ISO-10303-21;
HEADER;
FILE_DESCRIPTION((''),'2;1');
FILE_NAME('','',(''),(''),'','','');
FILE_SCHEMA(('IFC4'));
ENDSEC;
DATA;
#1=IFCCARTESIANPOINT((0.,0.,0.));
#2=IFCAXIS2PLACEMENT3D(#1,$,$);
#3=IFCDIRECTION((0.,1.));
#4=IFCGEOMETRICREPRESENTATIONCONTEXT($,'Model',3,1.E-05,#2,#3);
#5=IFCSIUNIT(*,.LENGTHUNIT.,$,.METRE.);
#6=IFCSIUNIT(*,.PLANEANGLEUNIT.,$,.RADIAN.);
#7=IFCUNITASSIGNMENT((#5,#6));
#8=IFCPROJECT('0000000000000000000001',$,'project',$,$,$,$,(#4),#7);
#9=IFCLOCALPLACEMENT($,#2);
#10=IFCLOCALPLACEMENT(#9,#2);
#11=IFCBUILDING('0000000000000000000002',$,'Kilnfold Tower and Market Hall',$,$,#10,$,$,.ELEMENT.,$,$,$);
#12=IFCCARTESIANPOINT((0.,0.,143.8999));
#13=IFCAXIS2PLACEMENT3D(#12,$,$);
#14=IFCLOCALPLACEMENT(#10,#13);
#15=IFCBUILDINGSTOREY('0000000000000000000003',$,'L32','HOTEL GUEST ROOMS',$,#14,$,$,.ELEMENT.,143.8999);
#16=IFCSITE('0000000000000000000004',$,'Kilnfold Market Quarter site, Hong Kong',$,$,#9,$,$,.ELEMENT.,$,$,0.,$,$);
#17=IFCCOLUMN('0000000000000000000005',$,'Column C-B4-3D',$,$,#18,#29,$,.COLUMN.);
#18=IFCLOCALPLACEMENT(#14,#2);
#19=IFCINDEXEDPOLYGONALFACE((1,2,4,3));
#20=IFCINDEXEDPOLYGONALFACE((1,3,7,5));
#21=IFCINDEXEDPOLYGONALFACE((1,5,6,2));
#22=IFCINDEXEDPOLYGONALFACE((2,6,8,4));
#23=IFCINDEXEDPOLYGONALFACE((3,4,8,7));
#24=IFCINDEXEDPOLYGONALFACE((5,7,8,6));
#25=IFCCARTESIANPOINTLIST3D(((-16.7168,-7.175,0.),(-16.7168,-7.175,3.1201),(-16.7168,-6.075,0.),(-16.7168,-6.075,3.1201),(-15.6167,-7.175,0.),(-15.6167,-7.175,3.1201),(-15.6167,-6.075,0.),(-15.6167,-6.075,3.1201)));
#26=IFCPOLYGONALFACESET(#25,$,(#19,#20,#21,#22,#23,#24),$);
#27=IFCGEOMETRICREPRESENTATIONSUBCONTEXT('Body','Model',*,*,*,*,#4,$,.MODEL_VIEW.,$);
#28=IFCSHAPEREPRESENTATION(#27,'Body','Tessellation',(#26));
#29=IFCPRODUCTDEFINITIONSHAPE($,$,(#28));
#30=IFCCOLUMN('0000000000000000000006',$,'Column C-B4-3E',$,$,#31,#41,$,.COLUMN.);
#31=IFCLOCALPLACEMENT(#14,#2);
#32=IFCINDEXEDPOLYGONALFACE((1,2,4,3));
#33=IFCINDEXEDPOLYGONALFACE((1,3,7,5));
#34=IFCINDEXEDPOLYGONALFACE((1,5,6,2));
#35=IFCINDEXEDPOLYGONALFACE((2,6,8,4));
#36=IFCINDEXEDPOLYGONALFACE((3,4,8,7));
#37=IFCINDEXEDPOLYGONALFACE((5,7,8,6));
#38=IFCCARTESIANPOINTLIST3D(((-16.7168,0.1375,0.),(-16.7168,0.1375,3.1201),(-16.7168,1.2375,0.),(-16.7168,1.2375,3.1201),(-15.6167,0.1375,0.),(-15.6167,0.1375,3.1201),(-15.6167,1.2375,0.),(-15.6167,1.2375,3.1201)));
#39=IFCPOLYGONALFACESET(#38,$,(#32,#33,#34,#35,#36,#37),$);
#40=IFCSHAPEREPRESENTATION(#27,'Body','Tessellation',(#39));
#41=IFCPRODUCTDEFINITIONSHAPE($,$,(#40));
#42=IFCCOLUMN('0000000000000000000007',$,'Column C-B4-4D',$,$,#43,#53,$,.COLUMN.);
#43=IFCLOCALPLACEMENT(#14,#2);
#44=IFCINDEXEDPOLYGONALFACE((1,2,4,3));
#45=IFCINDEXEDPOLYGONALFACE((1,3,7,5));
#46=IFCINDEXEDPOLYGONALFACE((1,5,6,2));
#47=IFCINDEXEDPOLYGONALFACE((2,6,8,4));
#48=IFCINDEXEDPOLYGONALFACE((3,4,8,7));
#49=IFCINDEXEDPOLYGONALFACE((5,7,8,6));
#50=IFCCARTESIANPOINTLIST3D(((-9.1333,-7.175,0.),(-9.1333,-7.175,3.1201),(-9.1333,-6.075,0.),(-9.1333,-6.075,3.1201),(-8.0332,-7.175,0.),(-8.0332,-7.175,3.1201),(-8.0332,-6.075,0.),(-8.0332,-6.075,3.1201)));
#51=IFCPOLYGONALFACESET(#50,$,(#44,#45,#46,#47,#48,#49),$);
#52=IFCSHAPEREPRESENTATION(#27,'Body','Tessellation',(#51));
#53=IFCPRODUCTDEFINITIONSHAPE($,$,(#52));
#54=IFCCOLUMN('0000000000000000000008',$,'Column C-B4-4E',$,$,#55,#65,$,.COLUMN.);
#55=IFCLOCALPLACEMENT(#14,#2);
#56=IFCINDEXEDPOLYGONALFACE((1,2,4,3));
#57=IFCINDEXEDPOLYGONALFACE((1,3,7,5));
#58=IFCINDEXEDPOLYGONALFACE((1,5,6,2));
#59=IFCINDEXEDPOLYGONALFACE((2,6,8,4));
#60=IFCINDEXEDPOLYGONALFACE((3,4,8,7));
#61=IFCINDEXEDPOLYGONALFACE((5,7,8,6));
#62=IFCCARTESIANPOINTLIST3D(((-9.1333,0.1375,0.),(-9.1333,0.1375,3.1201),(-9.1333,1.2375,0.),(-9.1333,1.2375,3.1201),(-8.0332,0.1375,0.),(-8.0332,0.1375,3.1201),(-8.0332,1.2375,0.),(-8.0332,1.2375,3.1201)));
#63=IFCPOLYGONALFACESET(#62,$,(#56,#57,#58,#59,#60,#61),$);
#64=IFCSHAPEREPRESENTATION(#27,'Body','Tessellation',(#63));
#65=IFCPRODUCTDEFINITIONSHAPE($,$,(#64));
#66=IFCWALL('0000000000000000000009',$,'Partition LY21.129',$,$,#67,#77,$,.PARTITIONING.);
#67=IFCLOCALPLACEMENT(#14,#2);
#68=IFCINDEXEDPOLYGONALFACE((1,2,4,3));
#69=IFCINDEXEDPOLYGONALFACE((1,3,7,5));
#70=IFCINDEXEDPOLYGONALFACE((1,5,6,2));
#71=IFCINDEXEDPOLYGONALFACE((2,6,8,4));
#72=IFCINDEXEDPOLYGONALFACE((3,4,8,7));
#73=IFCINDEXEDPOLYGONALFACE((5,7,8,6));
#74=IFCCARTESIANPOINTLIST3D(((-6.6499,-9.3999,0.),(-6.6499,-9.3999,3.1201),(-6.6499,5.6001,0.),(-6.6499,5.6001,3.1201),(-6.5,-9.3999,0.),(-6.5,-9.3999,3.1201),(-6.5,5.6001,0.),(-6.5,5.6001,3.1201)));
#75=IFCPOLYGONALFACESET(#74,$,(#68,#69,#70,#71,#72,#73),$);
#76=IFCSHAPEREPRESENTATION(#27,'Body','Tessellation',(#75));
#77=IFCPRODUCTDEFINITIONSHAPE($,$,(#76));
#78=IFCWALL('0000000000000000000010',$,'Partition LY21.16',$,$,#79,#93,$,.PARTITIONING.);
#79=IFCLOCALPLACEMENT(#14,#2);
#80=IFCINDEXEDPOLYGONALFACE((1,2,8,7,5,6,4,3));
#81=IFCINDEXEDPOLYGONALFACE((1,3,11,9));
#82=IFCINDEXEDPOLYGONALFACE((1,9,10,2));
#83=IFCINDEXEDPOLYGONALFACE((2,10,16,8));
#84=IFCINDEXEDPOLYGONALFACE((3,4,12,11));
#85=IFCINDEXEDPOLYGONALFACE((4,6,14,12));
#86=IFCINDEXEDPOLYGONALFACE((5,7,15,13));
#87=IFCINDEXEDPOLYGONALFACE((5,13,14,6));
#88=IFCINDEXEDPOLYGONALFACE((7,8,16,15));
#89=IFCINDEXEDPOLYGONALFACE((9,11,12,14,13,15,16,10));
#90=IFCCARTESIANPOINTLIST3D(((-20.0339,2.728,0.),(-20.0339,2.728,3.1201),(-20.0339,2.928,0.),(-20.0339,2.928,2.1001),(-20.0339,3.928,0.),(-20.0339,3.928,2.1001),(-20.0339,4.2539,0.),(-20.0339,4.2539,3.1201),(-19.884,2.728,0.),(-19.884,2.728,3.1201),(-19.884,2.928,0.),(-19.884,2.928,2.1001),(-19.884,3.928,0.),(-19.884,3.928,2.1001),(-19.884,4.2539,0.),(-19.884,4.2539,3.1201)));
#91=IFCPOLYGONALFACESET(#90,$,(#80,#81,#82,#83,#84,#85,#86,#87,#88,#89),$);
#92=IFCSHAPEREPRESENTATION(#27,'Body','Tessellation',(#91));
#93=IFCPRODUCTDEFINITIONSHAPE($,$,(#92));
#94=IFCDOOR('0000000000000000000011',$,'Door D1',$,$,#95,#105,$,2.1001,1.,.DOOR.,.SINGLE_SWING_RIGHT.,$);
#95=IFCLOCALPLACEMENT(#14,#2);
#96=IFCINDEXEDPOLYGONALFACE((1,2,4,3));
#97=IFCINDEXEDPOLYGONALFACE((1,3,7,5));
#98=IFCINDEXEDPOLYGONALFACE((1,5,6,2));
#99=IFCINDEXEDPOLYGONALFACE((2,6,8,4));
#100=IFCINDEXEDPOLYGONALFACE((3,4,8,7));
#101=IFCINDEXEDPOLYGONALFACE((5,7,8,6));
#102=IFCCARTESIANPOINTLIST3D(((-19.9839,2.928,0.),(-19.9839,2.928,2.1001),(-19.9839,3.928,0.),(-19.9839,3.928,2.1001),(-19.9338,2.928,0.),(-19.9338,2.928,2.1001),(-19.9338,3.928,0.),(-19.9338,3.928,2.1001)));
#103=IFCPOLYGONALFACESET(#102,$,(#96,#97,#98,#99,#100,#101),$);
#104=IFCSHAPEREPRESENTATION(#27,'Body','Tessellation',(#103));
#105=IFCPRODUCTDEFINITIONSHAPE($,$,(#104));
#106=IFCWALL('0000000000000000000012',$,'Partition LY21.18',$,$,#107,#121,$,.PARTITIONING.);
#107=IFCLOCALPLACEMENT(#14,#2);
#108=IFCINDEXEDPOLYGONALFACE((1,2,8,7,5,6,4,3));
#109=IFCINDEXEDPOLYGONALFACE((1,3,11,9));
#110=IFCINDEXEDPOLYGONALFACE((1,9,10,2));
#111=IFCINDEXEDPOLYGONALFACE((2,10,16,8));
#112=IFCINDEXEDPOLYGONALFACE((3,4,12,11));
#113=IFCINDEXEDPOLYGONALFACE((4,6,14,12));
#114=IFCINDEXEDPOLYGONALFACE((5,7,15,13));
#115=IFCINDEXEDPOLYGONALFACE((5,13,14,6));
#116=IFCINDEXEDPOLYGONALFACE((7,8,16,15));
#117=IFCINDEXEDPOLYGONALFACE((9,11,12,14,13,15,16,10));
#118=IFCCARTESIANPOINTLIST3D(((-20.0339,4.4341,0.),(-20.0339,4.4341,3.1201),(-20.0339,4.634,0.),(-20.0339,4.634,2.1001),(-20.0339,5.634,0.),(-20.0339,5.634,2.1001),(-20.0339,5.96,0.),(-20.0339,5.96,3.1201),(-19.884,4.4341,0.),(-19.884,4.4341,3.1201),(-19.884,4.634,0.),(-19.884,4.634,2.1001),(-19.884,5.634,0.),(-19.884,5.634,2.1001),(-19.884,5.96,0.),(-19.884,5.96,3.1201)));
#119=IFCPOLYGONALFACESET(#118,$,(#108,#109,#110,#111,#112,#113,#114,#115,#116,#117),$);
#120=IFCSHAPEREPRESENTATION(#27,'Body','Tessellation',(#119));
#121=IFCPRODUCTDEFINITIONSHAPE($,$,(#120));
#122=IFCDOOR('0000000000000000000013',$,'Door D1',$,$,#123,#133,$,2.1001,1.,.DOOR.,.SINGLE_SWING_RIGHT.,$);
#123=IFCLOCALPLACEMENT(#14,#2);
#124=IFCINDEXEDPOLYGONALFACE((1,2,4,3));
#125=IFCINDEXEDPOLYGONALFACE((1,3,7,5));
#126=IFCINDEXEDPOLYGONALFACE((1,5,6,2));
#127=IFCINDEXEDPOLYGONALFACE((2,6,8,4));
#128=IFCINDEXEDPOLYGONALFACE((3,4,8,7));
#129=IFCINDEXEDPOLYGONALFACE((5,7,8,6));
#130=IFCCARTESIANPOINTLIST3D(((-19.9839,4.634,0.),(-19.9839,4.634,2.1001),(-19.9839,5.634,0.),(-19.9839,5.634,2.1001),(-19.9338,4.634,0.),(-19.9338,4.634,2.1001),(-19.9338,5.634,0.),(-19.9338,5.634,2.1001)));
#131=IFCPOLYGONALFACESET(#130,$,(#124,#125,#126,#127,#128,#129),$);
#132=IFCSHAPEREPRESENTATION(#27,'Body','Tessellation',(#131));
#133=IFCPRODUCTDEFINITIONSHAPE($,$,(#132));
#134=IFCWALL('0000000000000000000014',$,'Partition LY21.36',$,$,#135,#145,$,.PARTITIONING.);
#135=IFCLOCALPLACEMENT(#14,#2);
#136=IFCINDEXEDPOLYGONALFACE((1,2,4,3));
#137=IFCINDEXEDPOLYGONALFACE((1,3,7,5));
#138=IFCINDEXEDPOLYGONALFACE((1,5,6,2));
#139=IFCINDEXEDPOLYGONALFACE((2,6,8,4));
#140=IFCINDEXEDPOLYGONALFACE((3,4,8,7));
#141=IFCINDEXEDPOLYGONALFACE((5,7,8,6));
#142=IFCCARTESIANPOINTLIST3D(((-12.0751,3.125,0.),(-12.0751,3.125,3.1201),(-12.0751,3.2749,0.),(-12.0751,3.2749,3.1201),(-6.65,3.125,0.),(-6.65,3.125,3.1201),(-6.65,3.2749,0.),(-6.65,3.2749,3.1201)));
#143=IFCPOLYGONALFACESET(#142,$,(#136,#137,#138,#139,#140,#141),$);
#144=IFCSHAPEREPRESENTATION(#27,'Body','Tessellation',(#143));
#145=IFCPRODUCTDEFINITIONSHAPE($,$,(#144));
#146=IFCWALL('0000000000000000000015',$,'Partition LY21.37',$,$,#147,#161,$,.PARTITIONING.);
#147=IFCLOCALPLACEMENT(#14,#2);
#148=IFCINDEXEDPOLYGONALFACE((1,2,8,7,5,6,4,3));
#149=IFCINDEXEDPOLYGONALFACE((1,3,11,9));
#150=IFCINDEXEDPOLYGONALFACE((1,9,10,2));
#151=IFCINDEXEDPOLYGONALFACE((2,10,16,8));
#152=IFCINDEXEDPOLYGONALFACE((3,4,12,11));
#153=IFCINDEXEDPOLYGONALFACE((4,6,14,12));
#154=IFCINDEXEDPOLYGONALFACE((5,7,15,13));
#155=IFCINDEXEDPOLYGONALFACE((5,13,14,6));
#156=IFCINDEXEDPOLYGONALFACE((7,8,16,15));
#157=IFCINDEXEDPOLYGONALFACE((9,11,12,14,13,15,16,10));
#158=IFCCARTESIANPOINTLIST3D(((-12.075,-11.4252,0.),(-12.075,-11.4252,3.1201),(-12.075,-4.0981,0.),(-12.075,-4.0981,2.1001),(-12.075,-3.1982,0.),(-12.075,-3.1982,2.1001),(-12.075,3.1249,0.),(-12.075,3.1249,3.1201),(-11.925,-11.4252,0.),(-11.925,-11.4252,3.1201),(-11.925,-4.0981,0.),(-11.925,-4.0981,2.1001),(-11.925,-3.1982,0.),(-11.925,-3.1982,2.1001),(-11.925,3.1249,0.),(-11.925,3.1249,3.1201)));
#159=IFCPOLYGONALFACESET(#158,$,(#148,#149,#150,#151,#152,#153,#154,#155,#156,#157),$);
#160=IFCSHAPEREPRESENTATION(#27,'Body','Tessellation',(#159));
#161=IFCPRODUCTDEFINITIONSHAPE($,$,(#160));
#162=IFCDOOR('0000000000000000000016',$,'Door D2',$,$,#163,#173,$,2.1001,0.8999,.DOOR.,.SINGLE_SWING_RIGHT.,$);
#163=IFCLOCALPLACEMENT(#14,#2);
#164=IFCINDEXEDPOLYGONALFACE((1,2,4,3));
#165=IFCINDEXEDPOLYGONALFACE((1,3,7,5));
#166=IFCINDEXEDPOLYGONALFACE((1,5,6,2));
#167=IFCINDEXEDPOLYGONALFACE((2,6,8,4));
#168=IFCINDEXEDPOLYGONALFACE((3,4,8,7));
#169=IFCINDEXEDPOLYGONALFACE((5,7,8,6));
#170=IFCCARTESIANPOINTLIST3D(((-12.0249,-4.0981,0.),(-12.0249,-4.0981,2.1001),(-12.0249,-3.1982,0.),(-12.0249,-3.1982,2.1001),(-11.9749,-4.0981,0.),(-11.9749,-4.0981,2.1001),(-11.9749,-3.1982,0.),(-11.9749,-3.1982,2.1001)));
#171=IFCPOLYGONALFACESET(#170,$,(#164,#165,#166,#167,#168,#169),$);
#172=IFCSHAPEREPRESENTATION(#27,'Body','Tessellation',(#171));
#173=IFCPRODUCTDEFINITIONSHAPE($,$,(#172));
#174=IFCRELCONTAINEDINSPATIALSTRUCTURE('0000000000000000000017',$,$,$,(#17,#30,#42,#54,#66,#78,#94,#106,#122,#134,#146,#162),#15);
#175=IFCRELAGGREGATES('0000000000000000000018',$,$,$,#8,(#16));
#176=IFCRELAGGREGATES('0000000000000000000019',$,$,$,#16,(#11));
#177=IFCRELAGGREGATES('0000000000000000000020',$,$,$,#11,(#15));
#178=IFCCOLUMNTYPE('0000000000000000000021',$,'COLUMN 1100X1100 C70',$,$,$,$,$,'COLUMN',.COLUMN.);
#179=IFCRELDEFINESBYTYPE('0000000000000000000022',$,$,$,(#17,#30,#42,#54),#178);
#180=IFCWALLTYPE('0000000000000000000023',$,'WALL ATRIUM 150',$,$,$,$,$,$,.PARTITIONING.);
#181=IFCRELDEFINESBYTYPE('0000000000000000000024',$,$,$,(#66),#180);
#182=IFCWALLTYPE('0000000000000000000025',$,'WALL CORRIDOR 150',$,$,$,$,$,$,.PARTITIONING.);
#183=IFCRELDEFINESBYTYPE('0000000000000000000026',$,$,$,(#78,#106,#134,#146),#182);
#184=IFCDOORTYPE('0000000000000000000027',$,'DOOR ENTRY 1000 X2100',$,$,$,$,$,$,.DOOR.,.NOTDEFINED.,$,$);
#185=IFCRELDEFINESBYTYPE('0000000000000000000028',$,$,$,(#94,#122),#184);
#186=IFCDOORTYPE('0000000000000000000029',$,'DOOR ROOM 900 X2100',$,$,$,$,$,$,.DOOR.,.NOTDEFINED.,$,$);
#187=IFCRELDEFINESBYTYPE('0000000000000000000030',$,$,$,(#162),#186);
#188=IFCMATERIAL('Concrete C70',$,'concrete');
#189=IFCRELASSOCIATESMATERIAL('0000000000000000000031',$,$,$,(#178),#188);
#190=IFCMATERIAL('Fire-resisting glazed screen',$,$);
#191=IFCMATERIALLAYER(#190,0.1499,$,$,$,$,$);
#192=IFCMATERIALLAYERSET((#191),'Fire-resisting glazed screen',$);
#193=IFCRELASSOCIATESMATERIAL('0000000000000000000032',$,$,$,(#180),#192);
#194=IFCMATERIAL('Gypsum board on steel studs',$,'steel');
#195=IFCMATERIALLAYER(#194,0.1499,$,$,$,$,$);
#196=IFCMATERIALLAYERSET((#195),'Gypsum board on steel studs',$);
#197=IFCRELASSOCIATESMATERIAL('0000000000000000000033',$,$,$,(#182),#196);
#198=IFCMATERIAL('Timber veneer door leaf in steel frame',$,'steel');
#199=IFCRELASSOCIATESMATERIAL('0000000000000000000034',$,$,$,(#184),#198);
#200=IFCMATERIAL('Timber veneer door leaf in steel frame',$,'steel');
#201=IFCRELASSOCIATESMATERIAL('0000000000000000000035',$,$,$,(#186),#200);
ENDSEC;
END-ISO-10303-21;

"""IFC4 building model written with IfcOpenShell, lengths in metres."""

from ifc_helpers import new_model, si_unit, direction, frame, frame_2d, origin, origin_2d, place, context, subcontext, project, spatial, rectangle, extrude, source, transform, mapped, material, layer, layer_set, material_profile, profile_set, type_object, element, fill, save


model = new_model("IFC4")

# Units and contexts
model_context = context("Model", 3, precision=1e-05, world=origin(), true_north=direction((0.0, 1.0)))
body_context = subcontext(model_context, "Body", "Model", "MODEL_VIEW")
ifc_project = project(units=[si_unit("LENGTHUNIT", "METRE"), si_unit("PLANEANGLEUNIT", "RADIAN")], contexts=[model_context])

# Site, building, storey
site_placement = place(None, origin())
site = spatial("IfcSite", under=ifc_project, at=site_placement, Name="Kilnfold Market Quarter site, Hong Kong", CompositionType="ELEMENT", RefElevation=0.0)
building_placement = place(site_placement, origin())
building = spatial("IfcBuilding", under=site, at=building_placement, Name="Kilnfold Tower and Market Hall", CompositionType="ELEMENT")
storey_placement = place(building_placement, frame((0.0, 0.0, 143.8999)))
storey = spatial("IfcBuildingStorey", under=building, at=storey_placement, Name="L32", Description="HOTEL GUEST ROOMS", CompositionType="ELEMENT", Elevation=143.8999)

# Columns
ifc_material_1 = material(Name="Concrete C70", Category="concrete")
ifc_material_profile = material_profile(ifc_material_1, rectangle(XDim=1.1001, YDim=1.1001, at=origin_2d()), Name="RC 1100x1100")
ifc_profile_set = profile_set([ifc_material_profile], Name="Concrete C70")
column_type = type_object("IfcColumnType", Name="COLUMN 1100X1100 C70", ElementType="COLUMN", PredefinedType="COLUMN", material=ifc_profile_set)
shared_shape_1 = source(origin(), body_context, "Body", "SweptSolid", [
    extrude(rectangle(XDim=1.1001, YDim=1.1001, at=origin_2d()), origin(), (0.0, 0.0, 1.0), 3.1201),
])
for number, where, z_axis, x_axis, name in (
    (1, (-16.1667, -6.625, 0.0), (0.0, 0.0, 1.0), (1.0, 0.0, 0.0), "Column C-B4-3D"),
    (2, (-16.1667, 0.6875, 0.0), (0.0, 0.0, 1.0), (1.0, 0.0, 0.0), "Column C-B4-3E"),
    (3, (-8.5833, -6.625, 0.0), (0.0, 0.0, 1.0), (1.0, 0.0, 0.0), "Column C-B4-4D"),
    (4, (-8.5833, 0.6875, 0.0), (0.0, 0.0, 1.0), (1.0, 0.0, 0.0), "Column C-B4-4E"),
):
    element("IfcColumn", number, at=place(storey_placement, frame(where, z_axis=z_axis, x_axis=x_axis)), inside=storey, type_object=column_type, Name=name, PredefinedType="COLUMN", context=body_context, shape_type="MappedRepresentation", body=[
        mapped(shared_shape_1, transform((0.0, 0.0, 0.0))),
    ])

# Wall
ifc_material_2 = material(Name="Fire-resisting glazed screen")
ifc_layer_1 = layer(ifc_material_2, 0.1499)
ifc_layer_set_1 = layer_set([ifc_layer_1], Name="Fire-resisting glazed screen")
wall_type_1 = type_object("IfcWallType", Name="WALL ATRIUM 150", PredefinedType="PARTITIONING", material=ifc_layer_set_1)
wall_1_placement = place(storey_placement, frame((-6.575, -9.3999, 0.0), z_axis=(0.0, 0.0, 1.0), x_axis=(0.0, 1.0, 0.0)))
element("IfcWall", 5, at=wall_1_placement, inside=storey, type_object=wall_type_1, Name="Partition LY21.129", PredefinedType="PARTITIONING", context=body_context, shape_type="SweptSolid", body=[
    extrude(rectangle(XDim=15.0, YDim=0.1499, at=frame_2d((7.5, 0.0))), origin(), (0.0, 0.0, 1.0), 3.1201),
])

# Walls, openings, doors
ifc_material_3 = material(Name="Gypsum board on steel studs", Category="steel")
ifc_layer_2 = layer(ifc_material_3, 0.1499)
ifc_layer_set_2 = layer_set([ifc_layer_2], Name="Gypsum board on steel studs")
wall_type_2 = type_object("IfcWallType", Name="WALL CORRIDOR 150", PredefinedType="PARTITIONING", material=ifc_layer_set_2)
wall_2_placement = place(storey_placement, frame((-19.959, 2.728, 0.0), z_axis=(0.0, 0.0, 1.0), x_axis=(0.0, 1.0, 0.0)))
wall_2 = element("IfcWall", 6, at=wall_2_placement, inside=storey, type_object=wall_type_2, Name="Partition LY21.16", PredefinedType="PARTITIONING", context=body_context, shape_type="SweptSolid", body=[
    extrude(rectangle(XDim=1.5259, YDim=0.1499, at=frame_2d((0.7629, 0.0))), origin(), (0.0, 0.0, 1.0), 3.1201),
])
opening_1_placement = place(wall_2_placement, frame((0.2, 0.0, 0.0)))
opening_1 = element("IfcOpeningElement", 7, at=opening_1_placement, cuts=wall_2, PredefinedType="OPENING", context=body_context, shape_type="SweptSolid", body=[
    extrude(rectangle(XDim=1.0, YDim=2.1001, at=frame_2d((0.5, 1.05))), frame((0.0, 0.085, 0.0), z_axis=(0.0, -1.0, 0.0), x_axis=(1.0, 0.0, 0.0)), (0.0, 0.0, 1.0), 0.1699),
])
ifc_material_4 = material(Name="Timber veneer door leaf in steel frame", Category="steel")
door_type_1 = type_object("IfcDoorType", Name="DOOR ENTRY 1000 X2100", OperationType="NOTDEFINED", PredefinedType="DOOR", material=ifc_material_4)
door_1_placement = place(opening_1_placement, origin())
door_1 = element("IfcDoor", 8, at=door_1_placement, inside=storey, type_object=door_type_1, Name="Door D1", OperationType="SINGLE_SWING_RIGHT", OverallHeight=2.1001, OverallWidth=1.0, PredefinedType="DOOR", context=body_context, shape_type="SweptSolid", body=[
    extrude(rectangle(XDim=1.0, YDim=2.1001, at=frame_2d((0.5, 1.05))), frame((0.0, 0.0249, 0.0), z_axis=(0.0, -1.0, 0.0), x_axis=(1.0, 0.0, 0.0)), (0.0, 0.0, 1.0), 0.05),
])
fill(opening_1, door_1)
wall_3_placement = place(storey_placement, frame((-19.959, 4.4341, 0.0), z_axis=(0.0, 0.0, 1.0), x_axis=(0.0, 1.0, 0.0)))
wall_3 = element("IfcWall", 9, at=wall_3_placement, inside=storey, type_object=wall_type_2, Name="Partition LY21.18", PredefinedType="PARTITIONING", context=body_context, shape_type="SweptSolid", body=[
    extrude(rectangle(XDim=1.5259, YDim=0.1499, at=frame_2d((0.7629, 0.0))), origin(), (0.0, 0.0, 1.0), 3.1201),
])
opening_2_placement = place(wall_3_placement, frame((0.2, 0.0, 0.0)))
opening_2 = element("IfcOpeningElement", 10, at=opening_2_placement, cuts=wall_3, PredefinedType="OPENING", context=body_context, shape_type="SweptSolid", body=[
    extrude(rectangle(XDim=1.0, YDim=2.1001, at=frame_2d((0.5, 1.05))), frame((0.0, 0.085, 0.0), z_axis=(0.0, -1.0, 0.0), x_axis=(1.0, 0.0, 0.0)), (0.0, 0.0, 1.0), 0.1699),
])
door_2_placement = place(opening_2_placement, origin())
door_2 = element("IfcDoor", 11, at=door_2_placement, inside=storey, type_object=door_type_1, Name="Door D1", OperationType="SINGLE_SWING_RIGHT", OverallHeight=2.1001, OverallWidth=1.0, PredefinedType="DOOR", context=body_context, shape_type="SweptSolid", body=[
    extrude(rectangle(XDim=1.0, YDim=2.1001, at=frame_2d((0.5, 1.05))), frame((0.0, 0.0249, 0.0), z_axis=(0.0, -1.0, 0.0), x_axis=(1.0, 0.0, 0.0)), (0.0, 0.0, 1.0), 0.05),
])
fill(opening_2, door_2)

# Wall
wall_4_placement = place(storey_placement, frame((-12.075, 3.2, 0.0), z_axis=(0.0, 0.0, 1.0), x_axis=(1.0, 0.0, 0.0)))
element("IfcWall", 12, at=wall_4_placement, inside=storey, type_object=wall_type_2, Name="Partition LY21.36", PredefinedType="PARTITIONING", context=body_context, shape_type="SweptSolid", body=[
    extrude(rectangle(XDim=5.425, YDim=0.1499, at=frame_2d((2.7124, 0.0))), origin(), (0.0, 0.0, 1.0), 3.1201),
])

# Wall, opening, door
wall_5_placement = place(storey_placement, frame((-12.0, -11.425, 0.0), z_axis=(0.0, 0.0, 1.0), x_axis=(0.0, 1.0, 0.0)))
wall_5 = element("IfcWall", 13, at=wall_5_placement, inside=storey, type_object=wall_type_2, Name="Partition LY21.37", PredefinedType="PARTITIONING", context=body_context, shape_type="SweptSolid", body=[
    extrude(rectangle(XDim=14.55, YDim=0.1499, at=frame_2d((7.2749, 0.0))), origin(), (0.0, 0.0, 1.0), 3.1201),
])
opening_3_placement = place(wall_5_placement, frame((7.3269, 0.0, 0.0)))
opening_3 = element("IfcOpeningElement", 14, at=opening_3_placement, cuts=wall_5, PredefinedType="OPENING", context=body_context, shape_type="SweptSolid", body=[
    extrude(rectangle(XDim=0.8999, YDim=2.1001, at=frame_2d((0.45, 1.05))), frame((0.0, 0.085, 0.0), z_axis=(0.0, -1.0, 0.0), x_axis=(1.0, 0.0, 0.0)), (0.0, 0.0, 1.0), 0.1699),
])
ifc_material_5 = material(Name="Timber veneer door leaf in steel frame", Category="steel")
door_type_2 = type_object("IfcDoorType", Name="DOOR ROOM 900 X2100", OperationType="NOTDEFINED", PredefinedType="DOOR", material=ifc_material_5)
door_3_placement = place(opening_3_placement, origin())
door_3 = element("IfcDoor", 15, at=door_3_placement, inside=storey, type_object=door_type_2, Name="Door D2", OperationType="SINGLE_SWING_RIGHT", OverallHeight=2.1001, OverallWidth=0.8999, PredefinedType="DOOR", context=body_context, shape_type="SweptSolid", body=[
    extrude(rectangle(XDim=0.8999, YDim=2.1001, at=frame_2d((0.45, 1.05))), frame((0.0, 0.0249, 0.0), z_axis=(0.0, -1.0, 0.0), x_axis=(1.0, 0.0, 0.0)), (0.0, 0.0, 1.0), 0.05),
])
fill(opening_3, door_3)

save(model, "model.ifc")
